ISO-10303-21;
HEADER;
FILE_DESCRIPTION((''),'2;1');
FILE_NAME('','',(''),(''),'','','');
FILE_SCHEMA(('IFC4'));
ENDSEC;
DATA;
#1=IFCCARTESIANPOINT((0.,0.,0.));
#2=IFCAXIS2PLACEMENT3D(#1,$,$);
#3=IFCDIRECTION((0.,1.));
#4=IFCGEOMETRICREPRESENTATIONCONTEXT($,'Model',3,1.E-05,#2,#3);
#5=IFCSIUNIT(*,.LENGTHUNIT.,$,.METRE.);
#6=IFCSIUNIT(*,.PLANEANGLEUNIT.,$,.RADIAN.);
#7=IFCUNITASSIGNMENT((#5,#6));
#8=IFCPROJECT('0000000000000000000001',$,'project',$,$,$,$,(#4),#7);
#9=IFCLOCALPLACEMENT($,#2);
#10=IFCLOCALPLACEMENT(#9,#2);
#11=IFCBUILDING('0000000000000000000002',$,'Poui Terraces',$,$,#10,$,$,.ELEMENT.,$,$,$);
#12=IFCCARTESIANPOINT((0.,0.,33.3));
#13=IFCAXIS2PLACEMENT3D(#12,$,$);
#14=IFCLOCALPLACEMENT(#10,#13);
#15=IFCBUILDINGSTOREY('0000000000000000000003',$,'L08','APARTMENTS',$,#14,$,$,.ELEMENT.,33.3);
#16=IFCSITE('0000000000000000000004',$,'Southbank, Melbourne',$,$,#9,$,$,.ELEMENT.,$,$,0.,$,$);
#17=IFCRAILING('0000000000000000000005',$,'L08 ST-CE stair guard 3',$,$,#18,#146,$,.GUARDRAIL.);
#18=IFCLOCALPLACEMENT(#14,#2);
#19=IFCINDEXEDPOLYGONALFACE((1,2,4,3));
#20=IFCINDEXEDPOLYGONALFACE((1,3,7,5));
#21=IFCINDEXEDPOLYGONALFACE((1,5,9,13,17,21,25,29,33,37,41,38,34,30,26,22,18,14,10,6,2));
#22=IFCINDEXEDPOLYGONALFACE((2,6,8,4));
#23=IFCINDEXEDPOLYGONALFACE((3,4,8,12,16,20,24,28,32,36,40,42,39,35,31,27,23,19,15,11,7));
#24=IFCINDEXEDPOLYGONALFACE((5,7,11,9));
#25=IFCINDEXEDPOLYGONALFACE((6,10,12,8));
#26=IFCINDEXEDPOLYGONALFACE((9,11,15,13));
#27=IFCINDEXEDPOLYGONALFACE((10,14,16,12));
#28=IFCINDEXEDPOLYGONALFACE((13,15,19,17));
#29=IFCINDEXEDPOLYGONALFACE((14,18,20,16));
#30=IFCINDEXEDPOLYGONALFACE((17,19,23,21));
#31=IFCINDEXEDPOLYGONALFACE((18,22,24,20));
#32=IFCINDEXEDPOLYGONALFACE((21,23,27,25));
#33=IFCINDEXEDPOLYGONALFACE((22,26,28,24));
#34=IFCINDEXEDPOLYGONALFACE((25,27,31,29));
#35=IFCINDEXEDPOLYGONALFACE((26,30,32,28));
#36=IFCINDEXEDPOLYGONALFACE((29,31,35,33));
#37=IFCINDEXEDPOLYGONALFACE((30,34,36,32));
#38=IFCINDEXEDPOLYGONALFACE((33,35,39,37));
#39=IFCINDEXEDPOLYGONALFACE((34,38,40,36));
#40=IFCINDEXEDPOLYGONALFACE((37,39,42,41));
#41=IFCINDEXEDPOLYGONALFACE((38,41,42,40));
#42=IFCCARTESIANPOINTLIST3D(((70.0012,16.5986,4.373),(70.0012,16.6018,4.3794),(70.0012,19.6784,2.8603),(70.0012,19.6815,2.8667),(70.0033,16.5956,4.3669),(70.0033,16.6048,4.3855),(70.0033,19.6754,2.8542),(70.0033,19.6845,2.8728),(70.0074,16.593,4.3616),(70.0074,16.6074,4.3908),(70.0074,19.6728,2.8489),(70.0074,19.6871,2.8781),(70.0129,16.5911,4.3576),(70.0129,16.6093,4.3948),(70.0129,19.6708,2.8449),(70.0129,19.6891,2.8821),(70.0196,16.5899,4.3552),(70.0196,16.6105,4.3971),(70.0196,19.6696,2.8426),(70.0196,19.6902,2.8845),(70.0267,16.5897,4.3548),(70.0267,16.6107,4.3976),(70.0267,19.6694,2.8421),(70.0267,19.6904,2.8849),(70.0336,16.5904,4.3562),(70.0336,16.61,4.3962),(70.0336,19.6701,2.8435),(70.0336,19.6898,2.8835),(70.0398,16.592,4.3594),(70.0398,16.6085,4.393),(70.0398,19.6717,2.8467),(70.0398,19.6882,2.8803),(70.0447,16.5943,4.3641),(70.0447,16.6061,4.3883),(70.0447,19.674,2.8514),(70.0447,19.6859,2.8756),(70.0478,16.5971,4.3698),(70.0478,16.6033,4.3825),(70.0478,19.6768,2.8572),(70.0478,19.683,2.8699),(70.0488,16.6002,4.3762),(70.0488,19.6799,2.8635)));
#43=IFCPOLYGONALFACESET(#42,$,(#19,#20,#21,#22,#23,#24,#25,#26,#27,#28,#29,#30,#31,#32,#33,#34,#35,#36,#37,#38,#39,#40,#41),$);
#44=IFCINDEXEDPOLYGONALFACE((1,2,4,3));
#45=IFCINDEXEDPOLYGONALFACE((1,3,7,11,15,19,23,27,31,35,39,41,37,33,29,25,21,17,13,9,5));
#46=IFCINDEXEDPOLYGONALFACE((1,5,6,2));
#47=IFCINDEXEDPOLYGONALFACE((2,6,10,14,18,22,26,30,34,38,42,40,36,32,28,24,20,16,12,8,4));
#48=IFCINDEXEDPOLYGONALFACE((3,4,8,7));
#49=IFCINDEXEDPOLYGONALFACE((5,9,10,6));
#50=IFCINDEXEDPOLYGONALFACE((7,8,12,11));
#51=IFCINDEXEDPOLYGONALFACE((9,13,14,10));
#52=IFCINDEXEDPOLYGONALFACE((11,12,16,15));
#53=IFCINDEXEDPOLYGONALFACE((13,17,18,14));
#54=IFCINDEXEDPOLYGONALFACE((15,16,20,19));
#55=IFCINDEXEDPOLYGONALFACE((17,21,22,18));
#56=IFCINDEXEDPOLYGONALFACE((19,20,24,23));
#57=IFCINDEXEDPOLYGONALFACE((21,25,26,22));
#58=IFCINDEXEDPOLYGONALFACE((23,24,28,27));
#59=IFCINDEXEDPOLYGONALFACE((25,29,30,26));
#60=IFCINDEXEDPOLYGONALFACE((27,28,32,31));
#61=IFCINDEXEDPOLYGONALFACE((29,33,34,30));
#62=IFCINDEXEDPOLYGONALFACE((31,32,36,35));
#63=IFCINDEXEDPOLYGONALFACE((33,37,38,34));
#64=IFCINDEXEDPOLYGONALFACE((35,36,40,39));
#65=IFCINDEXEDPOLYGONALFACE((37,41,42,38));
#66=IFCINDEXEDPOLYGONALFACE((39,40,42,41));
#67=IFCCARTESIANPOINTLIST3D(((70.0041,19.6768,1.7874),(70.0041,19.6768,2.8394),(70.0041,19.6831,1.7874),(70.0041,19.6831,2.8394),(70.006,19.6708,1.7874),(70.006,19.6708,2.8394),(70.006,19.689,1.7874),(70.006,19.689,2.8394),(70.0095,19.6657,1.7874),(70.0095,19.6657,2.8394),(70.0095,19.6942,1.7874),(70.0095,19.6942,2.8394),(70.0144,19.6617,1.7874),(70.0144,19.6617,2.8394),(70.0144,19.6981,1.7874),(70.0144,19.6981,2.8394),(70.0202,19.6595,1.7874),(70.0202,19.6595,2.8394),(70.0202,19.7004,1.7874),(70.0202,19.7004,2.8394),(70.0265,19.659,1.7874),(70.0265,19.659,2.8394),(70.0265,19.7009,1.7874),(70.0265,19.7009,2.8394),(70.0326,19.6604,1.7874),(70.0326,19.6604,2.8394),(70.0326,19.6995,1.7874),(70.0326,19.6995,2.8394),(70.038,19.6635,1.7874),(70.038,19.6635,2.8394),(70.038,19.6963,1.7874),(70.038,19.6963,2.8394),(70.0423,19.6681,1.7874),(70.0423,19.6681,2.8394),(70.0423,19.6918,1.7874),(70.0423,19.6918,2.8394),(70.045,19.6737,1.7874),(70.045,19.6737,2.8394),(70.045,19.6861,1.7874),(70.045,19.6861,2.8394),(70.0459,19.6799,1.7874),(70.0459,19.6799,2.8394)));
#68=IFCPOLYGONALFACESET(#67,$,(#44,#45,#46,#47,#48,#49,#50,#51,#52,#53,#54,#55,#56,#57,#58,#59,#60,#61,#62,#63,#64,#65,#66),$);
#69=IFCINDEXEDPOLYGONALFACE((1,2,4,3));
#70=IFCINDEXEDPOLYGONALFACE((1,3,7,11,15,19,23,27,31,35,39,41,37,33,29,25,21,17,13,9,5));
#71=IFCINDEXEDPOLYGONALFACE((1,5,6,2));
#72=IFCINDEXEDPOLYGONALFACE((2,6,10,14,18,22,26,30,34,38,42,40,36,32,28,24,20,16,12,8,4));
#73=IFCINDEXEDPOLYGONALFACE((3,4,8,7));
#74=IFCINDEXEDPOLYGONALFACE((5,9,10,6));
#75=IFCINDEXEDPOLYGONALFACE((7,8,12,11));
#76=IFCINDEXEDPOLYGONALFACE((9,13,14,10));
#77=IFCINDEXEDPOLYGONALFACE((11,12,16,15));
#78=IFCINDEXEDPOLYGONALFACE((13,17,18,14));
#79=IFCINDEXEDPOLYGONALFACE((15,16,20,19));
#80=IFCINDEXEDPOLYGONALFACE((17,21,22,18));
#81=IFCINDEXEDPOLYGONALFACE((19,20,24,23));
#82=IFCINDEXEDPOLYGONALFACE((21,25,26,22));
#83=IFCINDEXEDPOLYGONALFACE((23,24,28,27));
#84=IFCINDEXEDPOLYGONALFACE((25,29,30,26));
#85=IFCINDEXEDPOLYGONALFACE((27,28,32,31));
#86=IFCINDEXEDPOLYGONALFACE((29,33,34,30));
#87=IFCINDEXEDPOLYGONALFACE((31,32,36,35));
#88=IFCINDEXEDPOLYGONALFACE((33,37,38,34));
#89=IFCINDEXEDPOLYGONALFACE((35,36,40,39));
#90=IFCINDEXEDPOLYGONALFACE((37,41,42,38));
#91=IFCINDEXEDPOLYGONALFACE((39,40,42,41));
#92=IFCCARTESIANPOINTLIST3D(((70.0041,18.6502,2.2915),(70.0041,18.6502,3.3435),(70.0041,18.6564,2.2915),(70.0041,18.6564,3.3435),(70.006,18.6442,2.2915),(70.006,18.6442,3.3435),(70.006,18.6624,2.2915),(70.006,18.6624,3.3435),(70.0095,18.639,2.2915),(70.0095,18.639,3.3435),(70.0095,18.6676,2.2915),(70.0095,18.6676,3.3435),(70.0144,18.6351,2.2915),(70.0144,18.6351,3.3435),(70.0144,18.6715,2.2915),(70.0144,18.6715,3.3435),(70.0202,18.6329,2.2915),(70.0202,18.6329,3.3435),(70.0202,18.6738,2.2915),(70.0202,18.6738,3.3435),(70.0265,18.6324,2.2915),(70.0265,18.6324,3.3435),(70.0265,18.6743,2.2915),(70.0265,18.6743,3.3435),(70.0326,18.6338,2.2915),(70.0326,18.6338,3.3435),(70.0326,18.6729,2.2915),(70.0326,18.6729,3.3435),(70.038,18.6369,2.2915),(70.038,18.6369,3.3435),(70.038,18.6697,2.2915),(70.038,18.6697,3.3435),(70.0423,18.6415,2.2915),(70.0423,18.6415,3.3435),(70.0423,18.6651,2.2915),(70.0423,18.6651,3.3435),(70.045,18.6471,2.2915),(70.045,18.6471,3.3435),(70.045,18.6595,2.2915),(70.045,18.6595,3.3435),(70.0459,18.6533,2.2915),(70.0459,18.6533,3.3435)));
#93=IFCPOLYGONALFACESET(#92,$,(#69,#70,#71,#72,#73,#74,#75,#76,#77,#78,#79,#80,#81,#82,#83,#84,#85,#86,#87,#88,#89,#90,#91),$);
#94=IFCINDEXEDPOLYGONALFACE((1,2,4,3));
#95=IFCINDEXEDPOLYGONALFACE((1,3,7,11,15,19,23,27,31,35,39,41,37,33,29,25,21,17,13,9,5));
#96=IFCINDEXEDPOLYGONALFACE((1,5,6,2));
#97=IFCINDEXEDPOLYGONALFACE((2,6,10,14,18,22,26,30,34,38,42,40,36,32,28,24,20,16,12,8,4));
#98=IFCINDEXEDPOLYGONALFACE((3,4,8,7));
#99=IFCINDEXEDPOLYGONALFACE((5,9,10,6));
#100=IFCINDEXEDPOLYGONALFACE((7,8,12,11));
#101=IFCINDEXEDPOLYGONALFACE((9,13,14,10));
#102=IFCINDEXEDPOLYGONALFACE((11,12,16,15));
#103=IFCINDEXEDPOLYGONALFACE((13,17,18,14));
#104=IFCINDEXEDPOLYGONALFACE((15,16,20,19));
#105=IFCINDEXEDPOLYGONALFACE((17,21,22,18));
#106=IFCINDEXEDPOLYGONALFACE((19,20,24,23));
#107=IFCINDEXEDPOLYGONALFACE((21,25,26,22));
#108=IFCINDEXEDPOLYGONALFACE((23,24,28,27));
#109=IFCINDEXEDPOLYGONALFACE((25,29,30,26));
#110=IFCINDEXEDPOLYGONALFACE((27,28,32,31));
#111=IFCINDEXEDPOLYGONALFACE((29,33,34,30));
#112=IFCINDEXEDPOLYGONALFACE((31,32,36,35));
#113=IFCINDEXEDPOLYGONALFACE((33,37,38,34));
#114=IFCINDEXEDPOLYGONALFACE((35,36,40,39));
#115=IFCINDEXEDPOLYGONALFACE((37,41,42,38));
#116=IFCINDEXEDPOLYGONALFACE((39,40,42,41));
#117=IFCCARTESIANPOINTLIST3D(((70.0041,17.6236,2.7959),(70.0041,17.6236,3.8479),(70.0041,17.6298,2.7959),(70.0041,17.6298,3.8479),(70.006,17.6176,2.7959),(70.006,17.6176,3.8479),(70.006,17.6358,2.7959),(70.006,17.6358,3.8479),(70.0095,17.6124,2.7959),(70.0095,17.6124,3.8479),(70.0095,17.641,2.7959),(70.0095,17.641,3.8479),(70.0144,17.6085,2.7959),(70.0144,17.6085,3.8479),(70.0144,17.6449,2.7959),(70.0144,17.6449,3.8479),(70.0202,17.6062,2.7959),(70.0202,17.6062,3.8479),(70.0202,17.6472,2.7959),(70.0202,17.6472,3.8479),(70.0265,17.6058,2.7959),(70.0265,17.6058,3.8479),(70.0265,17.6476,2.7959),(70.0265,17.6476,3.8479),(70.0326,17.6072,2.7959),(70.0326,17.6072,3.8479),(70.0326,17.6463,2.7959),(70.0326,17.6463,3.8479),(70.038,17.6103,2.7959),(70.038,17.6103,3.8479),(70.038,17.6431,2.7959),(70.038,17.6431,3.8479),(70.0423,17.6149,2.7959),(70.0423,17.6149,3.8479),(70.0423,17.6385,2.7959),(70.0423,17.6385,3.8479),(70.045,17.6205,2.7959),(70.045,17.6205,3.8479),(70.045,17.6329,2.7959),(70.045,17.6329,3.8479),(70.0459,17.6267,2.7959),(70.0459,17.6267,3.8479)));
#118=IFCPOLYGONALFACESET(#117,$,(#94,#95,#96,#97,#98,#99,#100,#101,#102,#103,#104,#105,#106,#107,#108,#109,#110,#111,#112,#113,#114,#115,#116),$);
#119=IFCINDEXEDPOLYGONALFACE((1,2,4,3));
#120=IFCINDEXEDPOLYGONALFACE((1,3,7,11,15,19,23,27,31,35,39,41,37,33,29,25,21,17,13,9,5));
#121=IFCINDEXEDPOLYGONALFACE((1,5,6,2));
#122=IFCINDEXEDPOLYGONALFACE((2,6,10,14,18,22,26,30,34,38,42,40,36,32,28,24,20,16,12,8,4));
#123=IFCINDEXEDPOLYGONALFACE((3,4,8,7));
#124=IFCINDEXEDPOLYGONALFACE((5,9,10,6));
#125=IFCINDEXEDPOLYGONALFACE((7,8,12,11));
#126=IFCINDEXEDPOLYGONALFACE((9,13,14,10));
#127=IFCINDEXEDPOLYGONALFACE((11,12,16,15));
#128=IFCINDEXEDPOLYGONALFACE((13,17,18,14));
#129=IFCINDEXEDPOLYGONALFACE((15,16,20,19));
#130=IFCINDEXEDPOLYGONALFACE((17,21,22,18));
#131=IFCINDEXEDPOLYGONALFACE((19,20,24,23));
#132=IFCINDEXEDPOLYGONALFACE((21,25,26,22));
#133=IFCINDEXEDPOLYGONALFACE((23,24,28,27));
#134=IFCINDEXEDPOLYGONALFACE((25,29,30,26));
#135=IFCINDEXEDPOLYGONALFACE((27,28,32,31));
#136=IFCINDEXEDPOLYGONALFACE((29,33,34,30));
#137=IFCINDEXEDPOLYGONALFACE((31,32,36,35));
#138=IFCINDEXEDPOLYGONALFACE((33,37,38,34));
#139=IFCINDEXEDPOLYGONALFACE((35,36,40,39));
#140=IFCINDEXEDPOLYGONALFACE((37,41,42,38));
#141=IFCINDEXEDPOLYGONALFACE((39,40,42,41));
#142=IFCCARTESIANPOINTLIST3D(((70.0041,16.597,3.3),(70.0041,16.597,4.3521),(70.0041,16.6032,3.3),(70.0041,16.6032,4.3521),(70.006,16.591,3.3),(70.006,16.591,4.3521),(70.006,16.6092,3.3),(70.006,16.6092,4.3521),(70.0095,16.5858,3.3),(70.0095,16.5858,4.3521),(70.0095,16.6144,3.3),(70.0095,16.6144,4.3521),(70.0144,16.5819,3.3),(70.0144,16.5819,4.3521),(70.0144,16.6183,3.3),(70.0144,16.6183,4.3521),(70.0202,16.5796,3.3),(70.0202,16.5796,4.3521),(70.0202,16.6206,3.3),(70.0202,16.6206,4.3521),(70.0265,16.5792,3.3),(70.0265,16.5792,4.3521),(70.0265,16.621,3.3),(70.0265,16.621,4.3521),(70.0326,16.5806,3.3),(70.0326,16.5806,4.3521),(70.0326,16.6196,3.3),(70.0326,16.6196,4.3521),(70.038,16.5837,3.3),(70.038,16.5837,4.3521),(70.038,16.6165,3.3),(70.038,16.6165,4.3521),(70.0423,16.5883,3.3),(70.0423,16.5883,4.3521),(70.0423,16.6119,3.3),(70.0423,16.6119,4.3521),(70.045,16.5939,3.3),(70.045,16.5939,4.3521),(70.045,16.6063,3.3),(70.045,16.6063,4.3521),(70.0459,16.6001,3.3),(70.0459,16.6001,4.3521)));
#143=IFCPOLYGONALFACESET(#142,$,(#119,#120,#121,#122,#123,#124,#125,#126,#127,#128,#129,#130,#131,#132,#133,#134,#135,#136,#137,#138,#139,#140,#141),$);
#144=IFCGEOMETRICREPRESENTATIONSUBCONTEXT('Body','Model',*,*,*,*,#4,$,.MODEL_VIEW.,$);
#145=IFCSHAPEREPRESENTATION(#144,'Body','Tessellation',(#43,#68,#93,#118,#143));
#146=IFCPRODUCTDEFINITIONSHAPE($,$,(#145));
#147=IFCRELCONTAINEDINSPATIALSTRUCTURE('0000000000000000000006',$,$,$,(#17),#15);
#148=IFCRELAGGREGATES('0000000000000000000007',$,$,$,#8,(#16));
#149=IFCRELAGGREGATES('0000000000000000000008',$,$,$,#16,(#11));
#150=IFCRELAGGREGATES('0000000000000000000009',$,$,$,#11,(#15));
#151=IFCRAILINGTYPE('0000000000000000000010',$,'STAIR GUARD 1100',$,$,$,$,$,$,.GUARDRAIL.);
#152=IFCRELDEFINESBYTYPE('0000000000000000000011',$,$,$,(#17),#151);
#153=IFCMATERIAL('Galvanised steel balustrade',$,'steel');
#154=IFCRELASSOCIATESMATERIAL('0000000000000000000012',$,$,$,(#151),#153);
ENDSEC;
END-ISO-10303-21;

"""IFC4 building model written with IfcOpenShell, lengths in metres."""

from ifc_helpers import new_model, si_unit, direction, frame, origin, origin_2d, place, context, subcontext, project, spatial, circle, extrude, material, type_object, element, save


model = new_model("IFC4")

# Units and contexts
model_context = context("Model", 3, precision=1e-05, world=origin(), true_north=direction((0.0, 1.0)))
body_context = subcontext(model_context, "Body", "Model", "MODEL_VIEW")
ifc_project = project(units=[si_unit("LENGTHUNIT", "METRE"), si_unit("PLANEANGLEUNIT", "RADIAN")], contexts=[model_context])

# Site, building, storey
site_placement = place(None, origin())
site = spatial("IfcSite", under=ifc_project, at=site_placement, Name="Southbank, Melbourne", CompositionType="ELEMENT", RefElevation=0.0)
building_placement = place(site_placement, origin())
building = spatial("IfcBuilding", under=site, at=building_placement, Name="Poui Terraces", CompositionType="ELEMENT")
storey_placement = place(building_placement, frame((0.0, 0.0, 33.3)))
storey = spatial("IfcBuildingStorey", under=building, at=storey_placement, Name="L08", Description="APARTMENTS", CompositionType="ELEMENT", Elevation=33.3)

# Railing
ifc_material_1 = material(Name="Galvanised steel balustrade", Category="steel")
railing_type_1 = type_object("IfcRailingType", Name="STAIR GUARD 1100", PredefinedType="GUARDRAIL", material=ifc_material_1)
railing_1_placement = place(storey_placement, frame((70.0249, 19.6799, 1.7874)))
element("IfcRailing", 1, at=railing_1_placement, inside=storey, type_object=railing_type_1, Name="L08 ST-CE stair guard 3", PredefinedType="GUARDRAIL", context=body_context, shape_type="SweptSolid", body=[
    extrude(circle(Radius=0.0239, at=origin_2d()), frame((0.0, 0.0, 1.0762), z_axis=(0.0, -0.897578, 0.440856), x_axis=(1.0, 0.0, 0.0)), (0.0, 0.0, 1.0), 3.4312),
    extrude(circle(Radius=0.021, at=origin_2d()), origin(), (0.0, 0.0, 1.0), 1.052),
    extrude(circle(Radius=0.021, at=origin_2d()), frame((0.0, -1.0266, 0.5042)), (0.0, 0.0, 1.0), 1.052),
    extrude(circle(Radius=0.021, at=origin_2d()), frame((0.0, -2.0532, 1.0085)), (0.0, 0.0, 1.0), 1.052),
    extrude(circle(Radius=0.021, at=origin_2d()), frame((0.0, -3.0798, 1.5127)), (0.0, 0.0, 1.0), 1.052),
])

save(model, "model.ifc")
